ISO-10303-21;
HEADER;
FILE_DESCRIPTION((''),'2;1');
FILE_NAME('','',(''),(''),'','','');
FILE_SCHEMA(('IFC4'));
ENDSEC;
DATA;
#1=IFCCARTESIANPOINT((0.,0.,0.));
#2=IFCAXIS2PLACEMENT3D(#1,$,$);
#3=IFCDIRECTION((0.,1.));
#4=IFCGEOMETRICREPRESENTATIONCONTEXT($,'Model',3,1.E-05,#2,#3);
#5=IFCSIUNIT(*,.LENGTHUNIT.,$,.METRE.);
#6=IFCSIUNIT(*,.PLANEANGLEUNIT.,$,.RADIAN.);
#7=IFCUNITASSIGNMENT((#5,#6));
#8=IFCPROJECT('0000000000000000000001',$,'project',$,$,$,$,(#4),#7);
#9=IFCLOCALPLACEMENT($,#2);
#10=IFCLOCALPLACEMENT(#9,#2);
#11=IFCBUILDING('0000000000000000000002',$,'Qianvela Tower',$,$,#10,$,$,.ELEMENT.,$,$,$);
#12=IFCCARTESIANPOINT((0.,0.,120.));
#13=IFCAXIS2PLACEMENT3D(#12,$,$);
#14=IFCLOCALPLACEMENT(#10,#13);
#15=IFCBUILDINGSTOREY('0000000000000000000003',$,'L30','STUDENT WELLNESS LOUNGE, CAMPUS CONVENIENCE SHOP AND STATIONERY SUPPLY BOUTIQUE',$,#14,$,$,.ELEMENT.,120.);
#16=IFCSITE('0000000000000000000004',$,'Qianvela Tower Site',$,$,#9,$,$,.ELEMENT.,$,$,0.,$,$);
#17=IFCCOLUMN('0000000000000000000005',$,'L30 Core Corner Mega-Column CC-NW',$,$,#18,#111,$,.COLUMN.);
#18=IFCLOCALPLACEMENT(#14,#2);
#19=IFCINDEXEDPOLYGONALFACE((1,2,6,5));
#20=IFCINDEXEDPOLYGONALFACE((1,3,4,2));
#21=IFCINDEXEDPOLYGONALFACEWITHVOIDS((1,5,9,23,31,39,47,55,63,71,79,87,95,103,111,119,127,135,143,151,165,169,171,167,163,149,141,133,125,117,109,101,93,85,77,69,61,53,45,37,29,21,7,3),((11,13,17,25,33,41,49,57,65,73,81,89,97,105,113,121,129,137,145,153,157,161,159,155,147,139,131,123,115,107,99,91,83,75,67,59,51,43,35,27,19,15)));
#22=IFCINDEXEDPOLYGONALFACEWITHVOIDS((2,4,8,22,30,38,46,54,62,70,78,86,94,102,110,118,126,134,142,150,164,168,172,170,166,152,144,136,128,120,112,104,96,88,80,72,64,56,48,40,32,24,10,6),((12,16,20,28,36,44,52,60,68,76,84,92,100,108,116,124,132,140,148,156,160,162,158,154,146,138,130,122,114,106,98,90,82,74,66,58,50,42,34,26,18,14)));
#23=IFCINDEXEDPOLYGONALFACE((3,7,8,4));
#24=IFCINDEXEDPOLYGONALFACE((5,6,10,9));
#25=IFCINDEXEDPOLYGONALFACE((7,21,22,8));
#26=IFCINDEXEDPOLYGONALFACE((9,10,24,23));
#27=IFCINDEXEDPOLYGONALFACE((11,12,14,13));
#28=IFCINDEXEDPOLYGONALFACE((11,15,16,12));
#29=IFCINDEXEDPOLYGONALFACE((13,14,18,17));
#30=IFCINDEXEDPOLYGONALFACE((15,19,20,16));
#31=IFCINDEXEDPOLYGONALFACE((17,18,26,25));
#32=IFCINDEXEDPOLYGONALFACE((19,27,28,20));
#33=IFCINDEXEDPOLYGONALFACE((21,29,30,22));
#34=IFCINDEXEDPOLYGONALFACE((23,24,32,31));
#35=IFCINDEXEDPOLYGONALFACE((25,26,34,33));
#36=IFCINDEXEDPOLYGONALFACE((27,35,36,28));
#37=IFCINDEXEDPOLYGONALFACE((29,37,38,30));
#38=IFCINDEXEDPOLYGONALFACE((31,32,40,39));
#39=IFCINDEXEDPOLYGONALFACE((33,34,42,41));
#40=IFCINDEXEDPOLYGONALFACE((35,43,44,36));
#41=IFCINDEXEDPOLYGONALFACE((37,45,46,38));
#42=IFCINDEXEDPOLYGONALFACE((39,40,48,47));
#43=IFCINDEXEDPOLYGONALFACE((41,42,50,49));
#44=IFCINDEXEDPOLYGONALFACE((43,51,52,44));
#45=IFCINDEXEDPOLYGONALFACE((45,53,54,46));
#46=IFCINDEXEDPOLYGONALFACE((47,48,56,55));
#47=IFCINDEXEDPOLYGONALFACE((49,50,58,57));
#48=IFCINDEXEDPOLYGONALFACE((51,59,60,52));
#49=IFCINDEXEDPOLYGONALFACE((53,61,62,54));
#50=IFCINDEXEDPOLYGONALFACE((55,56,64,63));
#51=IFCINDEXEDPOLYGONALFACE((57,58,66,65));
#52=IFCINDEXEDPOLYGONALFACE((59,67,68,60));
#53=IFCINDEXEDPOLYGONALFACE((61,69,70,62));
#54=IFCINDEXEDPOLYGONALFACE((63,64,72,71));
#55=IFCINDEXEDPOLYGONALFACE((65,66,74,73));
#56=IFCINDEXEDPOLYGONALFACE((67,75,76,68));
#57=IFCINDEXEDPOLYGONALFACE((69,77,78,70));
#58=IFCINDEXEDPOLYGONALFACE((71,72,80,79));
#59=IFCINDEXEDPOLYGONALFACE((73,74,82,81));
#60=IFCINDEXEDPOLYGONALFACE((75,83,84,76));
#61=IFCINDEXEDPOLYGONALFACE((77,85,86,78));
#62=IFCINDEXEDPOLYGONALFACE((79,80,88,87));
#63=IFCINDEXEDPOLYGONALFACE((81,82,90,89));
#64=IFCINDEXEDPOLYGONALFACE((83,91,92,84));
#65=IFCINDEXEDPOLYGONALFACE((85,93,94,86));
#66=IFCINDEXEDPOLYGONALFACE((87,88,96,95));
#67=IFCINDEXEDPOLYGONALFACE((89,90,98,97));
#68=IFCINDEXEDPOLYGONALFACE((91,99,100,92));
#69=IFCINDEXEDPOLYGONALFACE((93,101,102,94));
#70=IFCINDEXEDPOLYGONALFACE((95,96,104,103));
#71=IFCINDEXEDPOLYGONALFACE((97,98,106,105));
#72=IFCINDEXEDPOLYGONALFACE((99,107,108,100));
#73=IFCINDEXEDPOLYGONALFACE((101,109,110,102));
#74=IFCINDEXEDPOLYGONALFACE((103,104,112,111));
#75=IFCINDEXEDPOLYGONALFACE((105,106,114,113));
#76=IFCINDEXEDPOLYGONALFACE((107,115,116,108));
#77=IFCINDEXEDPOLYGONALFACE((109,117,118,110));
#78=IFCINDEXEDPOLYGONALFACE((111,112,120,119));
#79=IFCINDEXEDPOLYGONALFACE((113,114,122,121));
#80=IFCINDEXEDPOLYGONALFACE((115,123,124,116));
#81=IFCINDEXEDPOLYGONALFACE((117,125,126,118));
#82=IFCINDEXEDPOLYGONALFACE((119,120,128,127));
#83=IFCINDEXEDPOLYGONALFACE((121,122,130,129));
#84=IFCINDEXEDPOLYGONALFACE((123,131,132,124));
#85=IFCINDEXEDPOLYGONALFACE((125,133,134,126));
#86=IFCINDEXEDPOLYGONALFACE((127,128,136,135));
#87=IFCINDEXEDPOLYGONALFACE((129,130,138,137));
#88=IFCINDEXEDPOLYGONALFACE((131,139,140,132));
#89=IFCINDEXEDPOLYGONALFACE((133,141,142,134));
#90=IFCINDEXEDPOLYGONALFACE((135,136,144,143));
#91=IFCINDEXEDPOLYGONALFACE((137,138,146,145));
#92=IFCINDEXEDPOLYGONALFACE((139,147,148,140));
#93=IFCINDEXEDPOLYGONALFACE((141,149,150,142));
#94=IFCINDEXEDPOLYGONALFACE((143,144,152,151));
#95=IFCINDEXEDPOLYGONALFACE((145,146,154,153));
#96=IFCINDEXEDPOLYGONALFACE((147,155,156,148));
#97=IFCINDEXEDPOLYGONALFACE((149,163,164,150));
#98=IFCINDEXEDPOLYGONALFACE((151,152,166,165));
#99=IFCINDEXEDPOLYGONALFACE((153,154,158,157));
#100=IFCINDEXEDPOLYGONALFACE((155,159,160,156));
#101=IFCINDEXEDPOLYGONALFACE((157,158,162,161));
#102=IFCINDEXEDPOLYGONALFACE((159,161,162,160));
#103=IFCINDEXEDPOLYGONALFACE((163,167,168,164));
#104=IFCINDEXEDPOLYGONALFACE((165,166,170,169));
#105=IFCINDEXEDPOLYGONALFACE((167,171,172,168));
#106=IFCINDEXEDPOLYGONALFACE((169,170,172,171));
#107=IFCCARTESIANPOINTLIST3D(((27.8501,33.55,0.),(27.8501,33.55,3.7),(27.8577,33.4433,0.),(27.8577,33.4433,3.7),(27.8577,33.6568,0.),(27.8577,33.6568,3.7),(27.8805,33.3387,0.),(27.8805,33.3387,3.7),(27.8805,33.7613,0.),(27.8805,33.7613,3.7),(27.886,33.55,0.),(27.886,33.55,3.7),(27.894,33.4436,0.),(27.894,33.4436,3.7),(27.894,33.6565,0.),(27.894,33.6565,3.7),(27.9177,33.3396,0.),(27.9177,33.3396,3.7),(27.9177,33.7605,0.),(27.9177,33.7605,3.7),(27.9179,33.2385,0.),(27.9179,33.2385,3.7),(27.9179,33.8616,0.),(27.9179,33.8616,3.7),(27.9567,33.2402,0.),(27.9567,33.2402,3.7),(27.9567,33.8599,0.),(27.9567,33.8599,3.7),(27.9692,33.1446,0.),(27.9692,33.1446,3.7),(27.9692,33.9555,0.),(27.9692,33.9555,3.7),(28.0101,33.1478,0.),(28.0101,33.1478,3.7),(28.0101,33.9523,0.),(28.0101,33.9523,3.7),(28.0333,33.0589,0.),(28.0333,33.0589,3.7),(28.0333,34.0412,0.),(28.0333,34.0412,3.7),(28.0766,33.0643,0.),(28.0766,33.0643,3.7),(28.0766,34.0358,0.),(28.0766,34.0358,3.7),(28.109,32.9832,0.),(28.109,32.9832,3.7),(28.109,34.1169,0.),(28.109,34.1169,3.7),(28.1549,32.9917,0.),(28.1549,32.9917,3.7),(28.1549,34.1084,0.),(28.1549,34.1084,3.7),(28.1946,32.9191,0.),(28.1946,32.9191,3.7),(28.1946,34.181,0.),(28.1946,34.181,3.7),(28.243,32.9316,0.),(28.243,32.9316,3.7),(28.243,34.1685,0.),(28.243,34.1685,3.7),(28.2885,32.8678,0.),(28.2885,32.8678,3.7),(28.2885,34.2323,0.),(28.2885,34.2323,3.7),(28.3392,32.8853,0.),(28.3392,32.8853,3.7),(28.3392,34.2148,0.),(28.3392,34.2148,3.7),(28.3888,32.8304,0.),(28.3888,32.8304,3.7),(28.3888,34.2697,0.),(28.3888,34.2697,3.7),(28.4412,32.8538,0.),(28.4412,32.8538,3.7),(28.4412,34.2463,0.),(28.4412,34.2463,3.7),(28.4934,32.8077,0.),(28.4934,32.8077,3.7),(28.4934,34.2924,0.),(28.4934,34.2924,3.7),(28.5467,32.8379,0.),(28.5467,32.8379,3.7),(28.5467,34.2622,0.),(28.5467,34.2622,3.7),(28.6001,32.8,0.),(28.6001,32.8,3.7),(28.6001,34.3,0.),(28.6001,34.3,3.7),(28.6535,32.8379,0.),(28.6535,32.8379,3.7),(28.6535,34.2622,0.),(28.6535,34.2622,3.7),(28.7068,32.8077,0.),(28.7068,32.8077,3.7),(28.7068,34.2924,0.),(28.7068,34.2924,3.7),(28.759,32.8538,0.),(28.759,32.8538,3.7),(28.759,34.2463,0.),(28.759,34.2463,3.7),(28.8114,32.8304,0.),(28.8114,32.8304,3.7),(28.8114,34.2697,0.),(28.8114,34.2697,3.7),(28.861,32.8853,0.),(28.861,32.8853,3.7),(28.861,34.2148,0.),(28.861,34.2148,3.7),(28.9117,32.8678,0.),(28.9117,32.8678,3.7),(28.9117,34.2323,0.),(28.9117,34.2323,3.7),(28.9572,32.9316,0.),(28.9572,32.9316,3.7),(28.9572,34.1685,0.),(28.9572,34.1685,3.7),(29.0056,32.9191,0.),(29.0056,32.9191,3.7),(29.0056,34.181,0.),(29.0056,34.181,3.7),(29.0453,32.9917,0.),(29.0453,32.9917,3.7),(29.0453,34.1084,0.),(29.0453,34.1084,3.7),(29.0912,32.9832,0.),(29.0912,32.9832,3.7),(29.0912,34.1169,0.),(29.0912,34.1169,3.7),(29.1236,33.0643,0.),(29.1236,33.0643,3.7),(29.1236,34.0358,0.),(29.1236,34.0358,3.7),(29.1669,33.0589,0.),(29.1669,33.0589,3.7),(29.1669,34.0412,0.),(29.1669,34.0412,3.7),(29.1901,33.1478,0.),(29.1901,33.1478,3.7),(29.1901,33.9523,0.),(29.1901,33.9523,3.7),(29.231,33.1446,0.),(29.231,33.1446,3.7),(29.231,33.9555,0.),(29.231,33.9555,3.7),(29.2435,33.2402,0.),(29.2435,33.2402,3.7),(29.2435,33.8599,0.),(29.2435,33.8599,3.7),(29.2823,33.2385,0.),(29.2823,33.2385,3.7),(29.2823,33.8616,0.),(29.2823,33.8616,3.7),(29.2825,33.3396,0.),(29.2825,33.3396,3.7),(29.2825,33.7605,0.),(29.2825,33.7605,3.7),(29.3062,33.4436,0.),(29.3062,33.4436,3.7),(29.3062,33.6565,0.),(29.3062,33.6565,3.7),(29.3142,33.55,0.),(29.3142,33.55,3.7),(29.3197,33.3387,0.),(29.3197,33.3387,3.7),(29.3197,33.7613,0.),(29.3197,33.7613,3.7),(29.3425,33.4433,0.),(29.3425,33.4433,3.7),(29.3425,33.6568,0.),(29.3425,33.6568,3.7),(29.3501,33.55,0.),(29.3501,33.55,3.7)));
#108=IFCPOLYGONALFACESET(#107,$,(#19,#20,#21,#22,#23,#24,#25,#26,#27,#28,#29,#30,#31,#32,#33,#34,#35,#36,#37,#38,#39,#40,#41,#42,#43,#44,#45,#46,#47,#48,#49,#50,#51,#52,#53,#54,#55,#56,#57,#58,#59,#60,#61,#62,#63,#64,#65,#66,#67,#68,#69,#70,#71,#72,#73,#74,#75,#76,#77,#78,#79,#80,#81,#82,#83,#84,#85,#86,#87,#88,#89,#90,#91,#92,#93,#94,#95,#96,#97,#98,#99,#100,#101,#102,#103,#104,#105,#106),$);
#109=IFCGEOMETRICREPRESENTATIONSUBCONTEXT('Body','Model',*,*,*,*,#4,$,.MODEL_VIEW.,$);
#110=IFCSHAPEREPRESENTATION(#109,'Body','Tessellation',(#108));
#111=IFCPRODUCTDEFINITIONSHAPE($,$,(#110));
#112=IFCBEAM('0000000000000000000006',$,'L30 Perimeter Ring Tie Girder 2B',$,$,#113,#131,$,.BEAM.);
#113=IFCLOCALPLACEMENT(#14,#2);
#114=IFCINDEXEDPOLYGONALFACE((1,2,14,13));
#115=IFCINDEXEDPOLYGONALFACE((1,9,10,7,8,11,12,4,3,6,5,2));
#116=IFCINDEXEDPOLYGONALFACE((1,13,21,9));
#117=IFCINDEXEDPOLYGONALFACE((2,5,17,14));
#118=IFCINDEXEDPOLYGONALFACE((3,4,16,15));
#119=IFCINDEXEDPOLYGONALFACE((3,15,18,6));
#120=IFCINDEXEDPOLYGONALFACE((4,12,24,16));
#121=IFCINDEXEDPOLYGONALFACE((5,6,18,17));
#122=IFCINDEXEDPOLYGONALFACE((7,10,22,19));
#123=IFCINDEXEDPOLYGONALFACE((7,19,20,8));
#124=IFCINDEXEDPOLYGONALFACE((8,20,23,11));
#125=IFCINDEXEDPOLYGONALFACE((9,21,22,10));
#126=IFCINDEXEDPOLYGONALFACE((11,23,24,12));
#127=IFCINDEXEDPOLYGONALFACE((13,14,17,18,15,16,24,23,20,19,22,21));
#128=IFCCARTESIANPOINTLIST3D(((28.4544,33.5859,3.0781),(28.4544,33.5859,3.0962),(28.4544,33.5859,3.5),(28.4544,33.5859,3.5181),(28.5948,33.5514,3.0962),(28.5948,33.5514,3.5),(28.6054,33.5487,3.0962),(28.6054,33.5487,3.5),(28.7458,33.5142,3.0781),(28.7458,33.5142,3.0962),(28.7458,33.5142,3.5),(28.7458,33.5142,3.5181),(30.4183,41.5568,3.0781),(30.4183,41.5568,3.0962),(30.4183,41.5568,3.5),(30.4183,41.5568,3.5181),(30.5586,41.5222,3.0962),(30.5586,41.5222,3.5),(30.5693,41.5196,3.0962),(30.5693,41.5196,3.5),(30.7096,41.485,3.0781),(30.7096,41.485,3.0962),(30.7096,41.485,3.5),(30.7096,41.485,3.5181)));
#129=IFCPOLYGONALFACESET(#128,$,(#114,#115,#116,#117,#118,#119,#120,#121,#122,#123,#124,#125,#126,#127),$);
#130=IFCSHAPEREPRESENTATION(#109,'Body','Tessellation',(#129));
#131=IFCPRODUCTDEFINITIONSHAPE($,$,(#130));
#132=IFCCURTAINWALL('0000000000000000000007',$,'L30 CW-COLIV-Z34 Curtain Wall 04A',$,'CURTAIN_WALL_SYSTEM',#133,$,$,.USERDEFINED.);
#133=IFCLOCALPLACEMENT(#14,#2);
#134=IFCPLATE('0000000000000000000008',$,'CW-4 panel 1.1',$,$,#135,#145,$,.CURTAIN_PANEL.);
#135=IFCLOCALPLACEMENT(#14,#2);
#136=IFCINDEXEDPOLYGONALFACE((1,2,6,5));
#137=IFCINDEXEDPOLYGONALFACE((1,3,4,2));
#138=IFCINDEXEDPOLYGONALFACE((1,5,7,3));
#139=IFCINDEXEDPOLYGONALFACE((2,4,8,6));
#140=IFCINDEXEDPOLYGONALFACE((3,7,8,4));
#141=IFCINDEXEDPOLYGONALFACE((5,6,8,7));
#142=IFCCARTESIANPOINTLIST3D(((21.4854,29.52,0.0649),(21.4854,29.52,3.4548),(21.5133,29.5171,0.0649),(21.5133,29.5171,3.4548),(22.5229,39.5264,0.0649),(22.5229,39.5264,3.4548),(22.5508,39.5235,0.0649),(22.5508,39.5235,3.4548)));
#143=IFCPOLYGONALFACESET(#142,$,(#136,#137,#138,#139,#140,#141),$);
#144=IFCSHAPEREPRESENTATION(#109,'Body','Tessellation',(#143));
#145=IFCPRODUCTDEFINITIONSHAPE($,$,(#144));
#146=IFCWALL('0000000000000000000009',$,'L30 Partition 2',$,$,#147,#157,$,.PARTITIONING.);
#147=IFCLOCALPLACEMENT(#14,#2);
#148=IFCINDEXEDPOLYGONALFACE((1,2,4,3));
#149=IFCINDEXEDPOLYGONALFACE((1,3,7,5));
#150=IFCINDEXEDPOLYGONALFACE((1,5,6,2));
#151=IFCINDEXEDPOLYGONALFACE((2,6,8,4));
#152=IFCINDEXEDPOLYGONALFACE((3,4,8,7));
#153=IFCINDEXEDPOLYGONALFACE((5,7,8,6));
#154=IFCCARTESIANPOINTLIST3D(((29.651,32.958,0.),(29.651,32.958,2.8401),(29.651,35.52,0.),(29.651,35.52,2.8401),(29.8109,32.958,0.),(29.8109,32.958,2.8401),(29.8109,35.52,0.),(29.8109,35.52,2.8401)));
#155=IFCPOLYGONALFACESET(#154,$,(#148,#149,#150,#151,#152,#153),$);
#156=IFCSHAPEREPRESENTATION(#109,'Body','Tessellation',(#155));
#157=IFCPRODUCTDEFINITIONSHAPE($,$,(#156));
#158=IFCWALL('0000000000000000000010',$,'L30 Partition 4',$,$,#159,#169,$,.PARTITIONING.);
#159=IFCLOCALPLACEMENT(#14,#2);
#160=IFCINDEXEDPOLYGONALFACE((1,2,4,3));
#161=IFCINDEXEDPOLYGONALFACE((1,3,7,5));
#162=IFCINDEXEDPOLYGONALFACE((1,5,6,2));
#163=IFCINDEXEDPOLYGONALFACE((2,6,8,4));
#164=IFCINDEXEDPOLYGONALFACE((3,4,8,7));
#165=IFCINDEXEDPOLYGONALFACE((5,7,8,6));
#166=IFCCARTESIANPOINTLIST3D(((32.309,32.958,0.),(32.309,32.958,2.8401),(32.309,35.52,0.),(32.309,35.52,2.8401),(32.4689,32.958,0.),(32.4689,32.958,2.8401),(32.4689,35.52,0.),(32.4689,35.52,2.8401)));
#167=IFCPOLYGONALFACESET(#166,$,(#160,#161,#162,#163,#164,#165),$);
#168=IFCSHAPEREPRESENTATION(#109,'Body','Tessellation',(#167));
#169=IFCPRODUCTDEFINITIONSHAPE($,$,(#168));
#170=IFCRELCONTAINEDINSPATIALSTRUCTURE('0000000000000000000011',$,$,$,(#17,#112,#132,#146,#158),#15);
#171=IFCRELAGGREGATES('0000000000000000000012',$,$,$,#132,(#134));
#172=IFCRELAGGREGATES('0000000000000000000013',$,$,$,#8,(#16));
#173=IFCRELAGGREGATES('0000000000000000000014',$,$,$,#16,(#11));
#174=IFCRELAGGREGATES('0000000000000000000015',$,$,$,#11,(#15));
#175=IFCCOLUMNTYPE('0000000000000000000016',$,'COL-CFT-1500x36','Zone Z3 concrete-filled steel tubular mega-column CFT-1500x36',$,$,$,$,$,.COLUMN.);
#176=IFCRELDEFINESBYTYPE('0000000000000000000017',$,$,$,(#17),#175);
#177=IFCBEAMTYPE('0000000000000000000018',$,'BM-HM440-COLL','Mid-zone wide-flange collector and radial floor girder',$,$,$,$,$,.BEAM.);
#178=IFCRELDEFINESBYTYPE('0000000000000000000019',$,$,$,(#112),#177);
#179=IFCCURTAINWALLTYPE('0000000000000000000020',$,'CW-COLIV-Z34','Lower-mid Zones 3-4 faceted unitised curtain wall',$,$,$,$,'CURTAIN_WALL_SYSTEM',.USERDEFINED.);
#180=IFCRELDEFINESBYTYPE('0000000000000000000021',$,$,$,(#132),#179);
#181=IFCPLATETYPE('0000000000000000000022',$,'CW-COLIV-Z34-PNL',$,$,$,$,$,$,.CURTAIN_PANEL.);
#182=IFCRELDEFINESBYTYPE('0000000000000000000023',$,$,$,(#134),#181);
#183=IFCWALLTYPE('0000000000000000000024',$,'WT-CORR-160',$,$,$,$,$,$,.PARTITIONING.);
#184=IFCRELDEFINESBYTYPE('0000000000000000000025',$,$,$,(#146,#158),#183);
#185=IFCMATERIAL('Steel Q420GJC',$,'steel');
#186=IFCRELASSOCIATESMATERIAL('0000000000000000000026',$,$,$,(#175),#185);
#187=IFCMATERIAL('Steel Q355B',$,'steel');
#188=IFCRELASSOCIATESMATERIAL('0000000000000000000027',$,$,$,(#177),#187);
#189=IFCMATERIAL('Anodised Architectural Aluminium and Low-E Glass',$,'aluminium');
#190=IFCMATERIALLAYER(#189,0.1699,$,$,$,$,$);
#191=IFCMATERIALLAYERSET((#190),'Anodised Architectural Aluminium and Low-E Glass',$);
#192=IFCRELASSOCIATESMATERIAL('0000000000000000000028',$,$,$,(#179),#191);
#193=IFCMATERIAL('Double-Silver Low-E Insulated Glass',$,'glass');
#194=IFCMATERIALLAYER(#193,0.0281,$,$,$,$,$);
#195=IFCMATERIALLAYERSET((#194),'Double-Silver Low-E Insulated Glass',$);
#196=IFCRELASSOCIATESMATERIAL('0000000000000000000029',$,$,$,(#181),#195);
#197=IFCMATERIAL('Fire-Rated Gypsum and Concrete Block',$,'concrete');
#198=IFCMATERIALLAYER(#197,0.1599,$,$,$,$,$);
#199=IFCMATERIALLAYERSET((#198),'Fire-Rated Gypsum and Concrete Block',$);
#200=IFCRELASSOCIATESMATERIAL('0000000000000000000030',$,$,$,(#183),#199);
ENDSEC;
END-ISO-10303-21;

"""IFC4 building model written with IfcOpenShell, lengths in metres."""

from ifc_helpers import new_model, si_unit, direction, frame, frame_2d, origin, origin_2d, place, context, subcontext, project, spatial, rectangle, hollow_circle, i_section, extrude, material, layer, layer_set, material_profile, profile_set, type_object, element, aggregate, save


model = new_model("IFC4")

# Units and contexts
model_context = context("Model", 3, precision=1e-05, world=origin(), true_north=direction((0.0, 1.0)))
body_context = subcontext(model_context, "Body", "Model", "MODEL_VIEW")
ifc_project = project(units=[si_unit("LENGTHUNIT", "METRE"), si_unit("PLANEANGLEUNIT", "RADIAN")], contexts=[model_context])

# Site, building, storey
site_placement = place(None, origin())
site = spatial("IfcSite", under=ifc_project, at=site_placement, Name="Qianvela Tower Site", CompositionType="ELEMENT", RefElevation=0.0)
building_placement = place(site_placement, origin())
building = spatial("IfcBuilding", under=site, at=building_placement, Name="Qianvela Tower", CompositionType="ELEMENT")
storey_placement = place(building_placement, frame((0.0, 0.0, 120.0)))
storey = spatial("IfcBuildingStorey", under=building, at=storey_placement, Name="L30", Description="STUDENT WELLNESS LOUNGE, CAMPUS CONVENIENCE SHOP AND STATIONERY SUPPLY BOUTIQUE", CompositionType="ELEMENT", Elevation=120.0)

# Column
ifc_material_1 = material(Name="Steel Q420GJC", Category="steel")
ifc_material_profile_1 = material_profile(ifc_material_1, hollow_circle(Radius=0.75, WallThickness=0.0359, at=origin_2d()), Name="CFT-1500x36")
ifc_profile_set_1 = profile_set([ifc_material_profile_1], Name="Steel Q420GJC")
column_type = type_object("IfcColumnType", Name="COL-CFT-1500x36", Description="Zone Z3 concrete-filled steel tubular mega-column CFT-1500x36", PredefinedType="COLUMN", material=ifc_profile_set_1)
column_placement = place(storey_placement, frame((28.6001, 33.55, 0.0), z_axis=(0.0, 0.0, 1.0), x_axis=(1.0, 0.0, 0.0)))
element("IfcColumn", 1, at=column_placement, inside=storey, type_object=column_type, Name="L30 Core Corner Mega-Column CC-NW", PredefinedType="COLUMN", context=body_context, shape_type="SweptSolid", body=[
    extrude(hollow_circle(Radius=0.75, WallThickness=0.0359, at=origin_2d()), origin(), (0.0, 0.0, 1.0), 3.7),
])

# Beam
ifc_material_2 = material(Name="Steel Q355B", Category="steel")
ifc_material_profile_2 = material_profile(ifc_material_2, i_section(OverallWidth=0.3, OverallDepth=0.4399, WebThickness=0.011, FlangeThickness=0.0181, at=origin_2d()), Name="HM440x300x11x18")
ifc_profile_set_2 = profile_set([ifc_material_profile_2], Name="Steel Q355B")
beam_type = type_object("IfcBeamType", Name="BM-HM440-COLL", Description="Mid-zone wide-flange collector and radial floor girder", PredefinedType="BEAM", material=ifc_profile_set_2)
beam_placement = place(storey_placement, frame((28.6001, 33.55, 3.2981), z_axis=(0.239224, 0.970964, 0.0), x_axis=(-0.970964, 0.239224, 0.0)))
element("IfcBeam", 2, at=beam_placement, inside=storey, type_object=beam_type, Name="L30 Perimeter Ring Tie Girder 2B", PredefinedType="BEAM", context=body_context, shape_type="SweptSolid", body=[
    extrude(i_section(OverallWidth=0.3, OverallDepth=0.4399, WebThickness=0.011, FlangeThickness=0.0181, at=origin_2d()), origin(), (0.0, 0.0, 1.0), 8.2092),
])

# Curtain wall, plate
ifc_material_3 = material(Name="Anodised Architectural Aluminium and Low-E Glass", Category="aluminium")
ifc_layer_1 = layer(ifc_material_3, 0.1699)
ifc_layer_set_1 = layer_set([ifc_layer_1], Name="Anodised Architectural Aluminium and Low-E Glass")
curtain_wall_type = type_object("IfcCurtainWallType", Name="CW-COLIV-Z34", Description="Lower-mid Zones 3-4 faceted unitised curtain wall", ElementType="CURTAIN_WALL_SYSTEM", PredefinedType="USERDEFINED", material=ifc_layer_set_1)
curtain_wall_placement = place(storey_placement, origin())
curtain_wall = element("IfcCurtainWall", 3, at=curtain_wall_placement, inside=storey, type_object=curtain_wall_type, Name="L30 CW-COLIV-Z34 Curtain Wall 04A", ObjectType="CURTAIN_WALL_SYSTEM", PredefinedType="USERDEFINED")
ifc_material_4 = material(Name="Double-Silver Low-E Insulated Glass", Category="glass")
ifc_layer_2 = layer(ifc_material_4, 0.0281)
ifc_layer_set_2 = layer_set([ifc_layer_2], Name="Double-Silver Low-E Insulated Glass")
plate_type = type_object("IfcPlateType", Name="CW-COLIV-Z34-PNL", PredefinedType="CURTAIN_PANEL", material=ifc_layer_set_2)
plate_placement = place(storey_placement, frame((22.0181, 34.5217, 0.0649), z_axis=(0.0, 0.0, 1.0), x_axis=(-0.10313, -0.994668, 0.0)))
plate = element("IfcPlate", 4, at=plate_placement, type_object=plate_type, Name="CW-4 panel 1.1", PredefinedType="CURTAIN_PANEL", context=body_context, shape_type="SweptSolid", body=[
    extrude(rectangle(XDim=10.0601, YDim=0.0281, at=origin_2d()), origin(), (0.0, 0.0, 1.0), 3.3899),
])
aggregate(curtain_wall, [plate])

# Wall
ifc_material_5 = material(Name="Fire-Rated Gypsum and Concrete Block", Category="concrete")
ifc_layer_3 = layer(ifc_material_5, 0.1599)
ifc_layer_set_3 = layer_set([ifc_layer_3], Name="Fire-Rated Gypsum and Concrete Block")
wall_type_1 = type_object("IfcWallType", Name="WT-CORR-160", PredefinedType="PARTITIONING", material=ifc_layer_set_3)
wall_1_placement = place(storey_placement, frame((29.731, 32.958, 0.0), z_axis=(0.0, 0.0, 1.0), x_axis=(0.0, 1.0, 0.0)))
element("IfcWall", 5, at=wall_1_placement, inside=storey, type_object=wall_type_1, Name="L30 Partition 2", PredefinedType="PARTITIONING", context=body_context, shape_type="SweptSolid", body=[
    extrude(rectangle(XDim=2.562, YDim=0.1599, at=frame_2d((1.281, 0.0))), origin(), (0.0, 0.0, 1.0), 2.8401),
])

# Wall
wall_2_placement = place(storey_placement, frame((32.3889, 35.52, 0.0), z_axis=(0.0, 0.0, 1.0), x_axis=(0.0, -1.0, 0.0)))
element("IfcWall", 6, at=wall_2_placement, inside=storey, type_object=wall_type_1, Name="L30 Partition 4", PredefinedType="PARTITIONING", context=body_context, shape_type="SweptSolid", body=[
    extrude(rectangle(XDim=2.562, YDim=0.1599, at=frame_2d((1.281, 0.0))), origin(), (0.0, 0.0, 1.0), 2.8401),
])

save(model, "model.ifc")
